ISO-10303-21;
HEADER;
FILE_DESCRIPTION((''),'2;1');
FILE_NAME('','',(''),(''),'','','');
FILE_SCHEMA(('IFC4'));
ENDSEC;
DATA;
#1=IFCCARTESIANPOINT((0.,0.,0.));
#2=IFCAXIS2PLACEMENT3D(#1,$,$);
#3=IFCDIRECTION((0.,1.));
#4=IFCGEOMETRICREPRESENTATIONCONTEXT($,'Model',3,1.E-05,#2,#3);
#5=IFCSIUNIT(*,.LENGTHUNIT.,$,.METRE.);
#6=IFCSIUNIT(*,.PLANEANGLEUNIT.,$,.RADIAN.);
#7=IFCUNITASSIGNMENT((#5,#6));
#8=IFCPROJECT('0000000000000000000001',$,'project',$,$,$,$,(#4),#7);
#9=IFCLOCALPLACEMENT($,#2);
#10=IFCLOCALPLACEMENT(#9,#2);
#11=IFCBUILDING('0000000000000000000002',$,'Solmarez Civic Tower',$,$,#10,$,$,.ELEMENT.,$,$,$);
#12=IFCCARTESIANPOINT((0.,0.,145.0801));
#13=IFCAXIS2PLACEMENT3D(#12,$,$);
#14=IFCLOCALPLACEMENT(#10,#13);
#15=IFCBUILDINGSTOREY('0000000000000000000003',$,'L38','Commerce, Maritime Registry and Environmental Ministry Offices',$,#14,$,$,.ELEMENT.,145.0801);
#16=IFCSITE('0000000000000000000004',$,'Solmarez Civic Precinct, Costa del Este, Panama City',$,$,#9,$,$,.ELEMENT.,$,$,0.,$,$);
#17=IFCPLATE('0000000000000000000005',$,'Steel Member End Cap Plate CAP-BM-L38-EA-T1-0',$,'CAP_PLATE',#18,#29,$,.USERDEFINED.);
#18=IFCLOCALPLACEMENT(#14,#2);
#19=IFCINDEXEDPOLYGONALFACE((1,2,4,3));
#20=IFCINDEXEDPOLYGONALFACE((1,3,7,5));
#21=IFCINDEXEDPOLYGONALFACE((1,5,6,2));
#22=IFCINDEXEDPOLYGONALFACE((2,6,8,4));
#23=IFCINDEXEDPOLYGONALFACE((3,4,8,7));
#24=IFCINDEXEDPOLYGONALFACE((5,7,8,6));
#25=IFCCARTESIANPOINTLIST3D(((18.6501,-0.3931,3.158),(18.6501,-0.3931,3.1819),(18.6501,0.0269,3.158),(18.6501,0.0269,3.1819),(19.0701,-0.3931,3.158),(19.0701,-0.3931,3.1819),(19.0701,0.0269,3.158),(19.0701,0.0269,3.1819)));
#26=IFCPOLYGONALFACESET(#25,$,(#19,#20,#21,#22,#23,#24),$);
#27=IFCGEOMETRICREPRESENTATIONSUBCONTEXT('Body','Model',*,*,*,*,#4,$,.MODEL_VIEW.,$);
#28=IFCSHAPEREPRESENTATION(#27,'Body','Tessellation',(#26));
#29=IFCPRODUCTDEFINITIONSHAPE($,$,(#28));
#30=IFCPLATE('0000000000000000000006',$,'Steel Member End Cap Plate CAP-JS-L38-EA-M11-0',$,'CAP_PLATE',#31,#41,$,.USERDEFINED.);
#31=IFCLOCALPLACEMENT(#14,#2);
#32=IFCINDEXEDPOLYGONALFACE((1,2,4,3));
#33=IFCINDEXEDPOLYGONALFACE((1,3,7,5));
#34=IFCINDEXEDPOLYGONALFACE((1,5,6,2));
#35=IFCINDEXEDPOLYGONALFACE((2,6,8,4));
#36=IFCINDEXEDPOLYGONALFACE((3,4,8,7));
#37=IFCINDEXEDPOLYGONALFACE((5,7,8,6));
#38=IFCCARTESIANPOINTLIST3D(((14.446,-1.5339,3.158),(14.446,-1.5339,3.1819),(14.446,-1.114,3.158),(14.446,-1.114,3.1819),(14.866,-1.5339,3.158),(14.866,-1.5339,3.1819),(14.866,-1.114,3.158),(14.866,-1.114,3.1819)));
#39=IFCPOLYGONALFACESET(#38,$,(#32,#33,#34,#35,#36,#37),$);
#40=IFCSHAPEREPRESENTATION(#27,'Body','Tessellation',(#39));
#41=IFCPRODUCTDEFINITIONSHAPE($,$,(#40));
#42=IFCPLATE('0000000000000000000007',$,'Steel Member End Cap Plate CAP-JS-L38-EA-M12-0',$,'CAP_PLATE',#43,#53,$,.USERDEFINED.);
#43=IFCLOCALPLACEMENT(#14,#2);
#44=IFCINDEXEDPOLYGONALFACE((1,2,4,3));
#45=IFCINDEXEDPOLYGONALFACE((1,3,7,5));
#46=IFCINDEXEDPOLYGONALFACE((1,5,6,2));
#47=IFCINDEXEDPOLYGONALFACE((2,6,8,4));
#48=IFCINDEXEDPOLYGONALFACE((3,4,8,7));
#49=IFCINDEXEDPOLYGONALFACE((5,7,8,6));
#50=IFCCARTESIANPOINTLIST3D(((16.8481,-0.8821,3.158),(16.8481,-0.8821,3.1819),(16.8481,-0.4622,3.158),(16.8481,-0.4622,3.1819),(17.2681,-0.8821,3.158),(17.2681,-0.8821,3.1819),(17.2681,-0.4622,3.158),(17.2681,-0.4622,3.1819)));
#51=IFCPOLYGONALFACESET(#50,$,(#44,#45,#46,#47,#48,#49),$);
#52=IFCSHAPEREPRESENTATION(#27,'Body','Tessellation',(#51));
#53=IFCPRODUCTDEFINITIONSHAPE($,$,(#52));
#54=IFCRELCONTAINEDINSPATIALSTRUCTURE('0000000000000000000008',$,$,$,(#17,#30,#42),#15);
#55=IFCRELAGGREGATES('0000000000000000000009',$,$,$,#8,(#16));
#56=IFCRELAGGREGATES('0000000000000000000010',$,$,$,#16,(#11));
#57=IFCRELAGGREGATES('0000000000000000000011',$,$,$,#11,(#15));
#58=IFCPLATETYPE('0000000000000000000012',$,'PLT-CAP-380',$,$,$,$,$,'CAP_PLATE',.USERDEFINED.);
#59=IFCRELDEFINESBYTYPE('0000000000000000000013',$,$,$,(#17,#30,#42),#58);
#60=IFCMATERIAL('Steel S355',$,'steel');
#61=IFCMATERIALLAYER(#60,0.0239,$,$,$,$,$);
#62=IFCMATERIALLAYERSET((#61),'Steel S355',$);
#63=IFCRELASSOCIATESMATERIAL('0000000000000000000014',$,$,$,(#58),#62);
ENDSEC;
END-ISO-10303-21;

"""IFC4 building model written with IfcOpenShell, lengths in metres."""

from ifc_helpers import new_model, si_unit, direction, frame, origin, origin_2d, place, context, subcontext, project, spatial, rectangle, extrude, material, layer, layer_set, type_object, element, save


model = new_model("IFC4")

# Units and contexts
model_context = context("Model", 3, precision=1e-05, world=origin(), true_north=direction((0.0, 1.0)))
body_context = subcontext(model_context, "Body", "Model", "MODEL_VIEW")
ifc_project = project(units=[si_unit("LENGTHUNIT", "METRE"), si_unit("PLANEANGLEUNIT", "RADIAN")], contexts=[model_context])

# Site, building, storey
site_placement = place(None, origin())
site = spatial("IfcSite", under=ifc_project, at=site_placement, Name="Solmarez Civic Precinct, Costa del Este, Panama City", CompositionType="ELEMENT", RefElevation=0.0)
building_placement = place(site_placement, origin())
building = spatial("IfcBuilding", under=site, at=building_placement, Name="Solmarez Civic Tower", CompositionType="ELEMENT")
storey_placement = place(building_placement, frame((0.0, 0.0, 145.0801)))
storey = spatial("IfcBuildingStorey", under=building, at=storey_placement, Name="L38", Description="Commerce, Maritime Registry and Environmental Ministry Offices", CompositionType="ELEMENT", Elevation=145.0801)

# Shared definitions
ifc_material_1 = material(Name="Steel S355", Category="steel")

# Plates
ifc_layer_1 = layer(ifc_material_1, 0.0239)
ifc_layer_set_1 = layer_set([ifc_layer_1], Name="Steel S355")
plate_type = type_object("IfcPlateType", Name="PLT-CAP-380", ElementType="CAP_PLATE", PredefinedType="USERDEFINED", material=ifc_layer_set_1)
for number, where, z_axis, x_axis, name in (
    (1, (18.8601, -0.1831, 3.158), (0.0, 0.0, 1.0), (1.0, 0.0, 0.0), "Steel Member End Cap Plate CAP-BM-L38-EA-T1-0"),
    (2, (14.656, -1.324, 3.158), (0.0, 0.0, 1.0), (1.0, 0.0, 0.0), "Steel Member End Cap Plate CAP-JS-L38-EA-M11-0"),
    (3, (17.0581, -0.6721, 3.158), (0.0, 0.0, 1.0), (1.0, 0.0, 0.0), "Steel Member End Cap Plate CAP-JS-L38-EA-M12-0"),
):
    element("IfcPlate", number, at=place(storey_placement, frame(where, z_axis=z_axis, x_axis=x_axis)), inside=storey, type_object=plate_type, Name=name, ObjectType="CAP_PLATE", PredefinedType="USERDEFINED", context=body_context, shape_type="SweptSolid", body=[
        extrude(rectangle(XDim=0.4199, YDim=0.4199, at=origin_2d()), origin(), (0.0, 0.0, 1.0), 0.0239),
    ])

save(model, "model.ifc")
